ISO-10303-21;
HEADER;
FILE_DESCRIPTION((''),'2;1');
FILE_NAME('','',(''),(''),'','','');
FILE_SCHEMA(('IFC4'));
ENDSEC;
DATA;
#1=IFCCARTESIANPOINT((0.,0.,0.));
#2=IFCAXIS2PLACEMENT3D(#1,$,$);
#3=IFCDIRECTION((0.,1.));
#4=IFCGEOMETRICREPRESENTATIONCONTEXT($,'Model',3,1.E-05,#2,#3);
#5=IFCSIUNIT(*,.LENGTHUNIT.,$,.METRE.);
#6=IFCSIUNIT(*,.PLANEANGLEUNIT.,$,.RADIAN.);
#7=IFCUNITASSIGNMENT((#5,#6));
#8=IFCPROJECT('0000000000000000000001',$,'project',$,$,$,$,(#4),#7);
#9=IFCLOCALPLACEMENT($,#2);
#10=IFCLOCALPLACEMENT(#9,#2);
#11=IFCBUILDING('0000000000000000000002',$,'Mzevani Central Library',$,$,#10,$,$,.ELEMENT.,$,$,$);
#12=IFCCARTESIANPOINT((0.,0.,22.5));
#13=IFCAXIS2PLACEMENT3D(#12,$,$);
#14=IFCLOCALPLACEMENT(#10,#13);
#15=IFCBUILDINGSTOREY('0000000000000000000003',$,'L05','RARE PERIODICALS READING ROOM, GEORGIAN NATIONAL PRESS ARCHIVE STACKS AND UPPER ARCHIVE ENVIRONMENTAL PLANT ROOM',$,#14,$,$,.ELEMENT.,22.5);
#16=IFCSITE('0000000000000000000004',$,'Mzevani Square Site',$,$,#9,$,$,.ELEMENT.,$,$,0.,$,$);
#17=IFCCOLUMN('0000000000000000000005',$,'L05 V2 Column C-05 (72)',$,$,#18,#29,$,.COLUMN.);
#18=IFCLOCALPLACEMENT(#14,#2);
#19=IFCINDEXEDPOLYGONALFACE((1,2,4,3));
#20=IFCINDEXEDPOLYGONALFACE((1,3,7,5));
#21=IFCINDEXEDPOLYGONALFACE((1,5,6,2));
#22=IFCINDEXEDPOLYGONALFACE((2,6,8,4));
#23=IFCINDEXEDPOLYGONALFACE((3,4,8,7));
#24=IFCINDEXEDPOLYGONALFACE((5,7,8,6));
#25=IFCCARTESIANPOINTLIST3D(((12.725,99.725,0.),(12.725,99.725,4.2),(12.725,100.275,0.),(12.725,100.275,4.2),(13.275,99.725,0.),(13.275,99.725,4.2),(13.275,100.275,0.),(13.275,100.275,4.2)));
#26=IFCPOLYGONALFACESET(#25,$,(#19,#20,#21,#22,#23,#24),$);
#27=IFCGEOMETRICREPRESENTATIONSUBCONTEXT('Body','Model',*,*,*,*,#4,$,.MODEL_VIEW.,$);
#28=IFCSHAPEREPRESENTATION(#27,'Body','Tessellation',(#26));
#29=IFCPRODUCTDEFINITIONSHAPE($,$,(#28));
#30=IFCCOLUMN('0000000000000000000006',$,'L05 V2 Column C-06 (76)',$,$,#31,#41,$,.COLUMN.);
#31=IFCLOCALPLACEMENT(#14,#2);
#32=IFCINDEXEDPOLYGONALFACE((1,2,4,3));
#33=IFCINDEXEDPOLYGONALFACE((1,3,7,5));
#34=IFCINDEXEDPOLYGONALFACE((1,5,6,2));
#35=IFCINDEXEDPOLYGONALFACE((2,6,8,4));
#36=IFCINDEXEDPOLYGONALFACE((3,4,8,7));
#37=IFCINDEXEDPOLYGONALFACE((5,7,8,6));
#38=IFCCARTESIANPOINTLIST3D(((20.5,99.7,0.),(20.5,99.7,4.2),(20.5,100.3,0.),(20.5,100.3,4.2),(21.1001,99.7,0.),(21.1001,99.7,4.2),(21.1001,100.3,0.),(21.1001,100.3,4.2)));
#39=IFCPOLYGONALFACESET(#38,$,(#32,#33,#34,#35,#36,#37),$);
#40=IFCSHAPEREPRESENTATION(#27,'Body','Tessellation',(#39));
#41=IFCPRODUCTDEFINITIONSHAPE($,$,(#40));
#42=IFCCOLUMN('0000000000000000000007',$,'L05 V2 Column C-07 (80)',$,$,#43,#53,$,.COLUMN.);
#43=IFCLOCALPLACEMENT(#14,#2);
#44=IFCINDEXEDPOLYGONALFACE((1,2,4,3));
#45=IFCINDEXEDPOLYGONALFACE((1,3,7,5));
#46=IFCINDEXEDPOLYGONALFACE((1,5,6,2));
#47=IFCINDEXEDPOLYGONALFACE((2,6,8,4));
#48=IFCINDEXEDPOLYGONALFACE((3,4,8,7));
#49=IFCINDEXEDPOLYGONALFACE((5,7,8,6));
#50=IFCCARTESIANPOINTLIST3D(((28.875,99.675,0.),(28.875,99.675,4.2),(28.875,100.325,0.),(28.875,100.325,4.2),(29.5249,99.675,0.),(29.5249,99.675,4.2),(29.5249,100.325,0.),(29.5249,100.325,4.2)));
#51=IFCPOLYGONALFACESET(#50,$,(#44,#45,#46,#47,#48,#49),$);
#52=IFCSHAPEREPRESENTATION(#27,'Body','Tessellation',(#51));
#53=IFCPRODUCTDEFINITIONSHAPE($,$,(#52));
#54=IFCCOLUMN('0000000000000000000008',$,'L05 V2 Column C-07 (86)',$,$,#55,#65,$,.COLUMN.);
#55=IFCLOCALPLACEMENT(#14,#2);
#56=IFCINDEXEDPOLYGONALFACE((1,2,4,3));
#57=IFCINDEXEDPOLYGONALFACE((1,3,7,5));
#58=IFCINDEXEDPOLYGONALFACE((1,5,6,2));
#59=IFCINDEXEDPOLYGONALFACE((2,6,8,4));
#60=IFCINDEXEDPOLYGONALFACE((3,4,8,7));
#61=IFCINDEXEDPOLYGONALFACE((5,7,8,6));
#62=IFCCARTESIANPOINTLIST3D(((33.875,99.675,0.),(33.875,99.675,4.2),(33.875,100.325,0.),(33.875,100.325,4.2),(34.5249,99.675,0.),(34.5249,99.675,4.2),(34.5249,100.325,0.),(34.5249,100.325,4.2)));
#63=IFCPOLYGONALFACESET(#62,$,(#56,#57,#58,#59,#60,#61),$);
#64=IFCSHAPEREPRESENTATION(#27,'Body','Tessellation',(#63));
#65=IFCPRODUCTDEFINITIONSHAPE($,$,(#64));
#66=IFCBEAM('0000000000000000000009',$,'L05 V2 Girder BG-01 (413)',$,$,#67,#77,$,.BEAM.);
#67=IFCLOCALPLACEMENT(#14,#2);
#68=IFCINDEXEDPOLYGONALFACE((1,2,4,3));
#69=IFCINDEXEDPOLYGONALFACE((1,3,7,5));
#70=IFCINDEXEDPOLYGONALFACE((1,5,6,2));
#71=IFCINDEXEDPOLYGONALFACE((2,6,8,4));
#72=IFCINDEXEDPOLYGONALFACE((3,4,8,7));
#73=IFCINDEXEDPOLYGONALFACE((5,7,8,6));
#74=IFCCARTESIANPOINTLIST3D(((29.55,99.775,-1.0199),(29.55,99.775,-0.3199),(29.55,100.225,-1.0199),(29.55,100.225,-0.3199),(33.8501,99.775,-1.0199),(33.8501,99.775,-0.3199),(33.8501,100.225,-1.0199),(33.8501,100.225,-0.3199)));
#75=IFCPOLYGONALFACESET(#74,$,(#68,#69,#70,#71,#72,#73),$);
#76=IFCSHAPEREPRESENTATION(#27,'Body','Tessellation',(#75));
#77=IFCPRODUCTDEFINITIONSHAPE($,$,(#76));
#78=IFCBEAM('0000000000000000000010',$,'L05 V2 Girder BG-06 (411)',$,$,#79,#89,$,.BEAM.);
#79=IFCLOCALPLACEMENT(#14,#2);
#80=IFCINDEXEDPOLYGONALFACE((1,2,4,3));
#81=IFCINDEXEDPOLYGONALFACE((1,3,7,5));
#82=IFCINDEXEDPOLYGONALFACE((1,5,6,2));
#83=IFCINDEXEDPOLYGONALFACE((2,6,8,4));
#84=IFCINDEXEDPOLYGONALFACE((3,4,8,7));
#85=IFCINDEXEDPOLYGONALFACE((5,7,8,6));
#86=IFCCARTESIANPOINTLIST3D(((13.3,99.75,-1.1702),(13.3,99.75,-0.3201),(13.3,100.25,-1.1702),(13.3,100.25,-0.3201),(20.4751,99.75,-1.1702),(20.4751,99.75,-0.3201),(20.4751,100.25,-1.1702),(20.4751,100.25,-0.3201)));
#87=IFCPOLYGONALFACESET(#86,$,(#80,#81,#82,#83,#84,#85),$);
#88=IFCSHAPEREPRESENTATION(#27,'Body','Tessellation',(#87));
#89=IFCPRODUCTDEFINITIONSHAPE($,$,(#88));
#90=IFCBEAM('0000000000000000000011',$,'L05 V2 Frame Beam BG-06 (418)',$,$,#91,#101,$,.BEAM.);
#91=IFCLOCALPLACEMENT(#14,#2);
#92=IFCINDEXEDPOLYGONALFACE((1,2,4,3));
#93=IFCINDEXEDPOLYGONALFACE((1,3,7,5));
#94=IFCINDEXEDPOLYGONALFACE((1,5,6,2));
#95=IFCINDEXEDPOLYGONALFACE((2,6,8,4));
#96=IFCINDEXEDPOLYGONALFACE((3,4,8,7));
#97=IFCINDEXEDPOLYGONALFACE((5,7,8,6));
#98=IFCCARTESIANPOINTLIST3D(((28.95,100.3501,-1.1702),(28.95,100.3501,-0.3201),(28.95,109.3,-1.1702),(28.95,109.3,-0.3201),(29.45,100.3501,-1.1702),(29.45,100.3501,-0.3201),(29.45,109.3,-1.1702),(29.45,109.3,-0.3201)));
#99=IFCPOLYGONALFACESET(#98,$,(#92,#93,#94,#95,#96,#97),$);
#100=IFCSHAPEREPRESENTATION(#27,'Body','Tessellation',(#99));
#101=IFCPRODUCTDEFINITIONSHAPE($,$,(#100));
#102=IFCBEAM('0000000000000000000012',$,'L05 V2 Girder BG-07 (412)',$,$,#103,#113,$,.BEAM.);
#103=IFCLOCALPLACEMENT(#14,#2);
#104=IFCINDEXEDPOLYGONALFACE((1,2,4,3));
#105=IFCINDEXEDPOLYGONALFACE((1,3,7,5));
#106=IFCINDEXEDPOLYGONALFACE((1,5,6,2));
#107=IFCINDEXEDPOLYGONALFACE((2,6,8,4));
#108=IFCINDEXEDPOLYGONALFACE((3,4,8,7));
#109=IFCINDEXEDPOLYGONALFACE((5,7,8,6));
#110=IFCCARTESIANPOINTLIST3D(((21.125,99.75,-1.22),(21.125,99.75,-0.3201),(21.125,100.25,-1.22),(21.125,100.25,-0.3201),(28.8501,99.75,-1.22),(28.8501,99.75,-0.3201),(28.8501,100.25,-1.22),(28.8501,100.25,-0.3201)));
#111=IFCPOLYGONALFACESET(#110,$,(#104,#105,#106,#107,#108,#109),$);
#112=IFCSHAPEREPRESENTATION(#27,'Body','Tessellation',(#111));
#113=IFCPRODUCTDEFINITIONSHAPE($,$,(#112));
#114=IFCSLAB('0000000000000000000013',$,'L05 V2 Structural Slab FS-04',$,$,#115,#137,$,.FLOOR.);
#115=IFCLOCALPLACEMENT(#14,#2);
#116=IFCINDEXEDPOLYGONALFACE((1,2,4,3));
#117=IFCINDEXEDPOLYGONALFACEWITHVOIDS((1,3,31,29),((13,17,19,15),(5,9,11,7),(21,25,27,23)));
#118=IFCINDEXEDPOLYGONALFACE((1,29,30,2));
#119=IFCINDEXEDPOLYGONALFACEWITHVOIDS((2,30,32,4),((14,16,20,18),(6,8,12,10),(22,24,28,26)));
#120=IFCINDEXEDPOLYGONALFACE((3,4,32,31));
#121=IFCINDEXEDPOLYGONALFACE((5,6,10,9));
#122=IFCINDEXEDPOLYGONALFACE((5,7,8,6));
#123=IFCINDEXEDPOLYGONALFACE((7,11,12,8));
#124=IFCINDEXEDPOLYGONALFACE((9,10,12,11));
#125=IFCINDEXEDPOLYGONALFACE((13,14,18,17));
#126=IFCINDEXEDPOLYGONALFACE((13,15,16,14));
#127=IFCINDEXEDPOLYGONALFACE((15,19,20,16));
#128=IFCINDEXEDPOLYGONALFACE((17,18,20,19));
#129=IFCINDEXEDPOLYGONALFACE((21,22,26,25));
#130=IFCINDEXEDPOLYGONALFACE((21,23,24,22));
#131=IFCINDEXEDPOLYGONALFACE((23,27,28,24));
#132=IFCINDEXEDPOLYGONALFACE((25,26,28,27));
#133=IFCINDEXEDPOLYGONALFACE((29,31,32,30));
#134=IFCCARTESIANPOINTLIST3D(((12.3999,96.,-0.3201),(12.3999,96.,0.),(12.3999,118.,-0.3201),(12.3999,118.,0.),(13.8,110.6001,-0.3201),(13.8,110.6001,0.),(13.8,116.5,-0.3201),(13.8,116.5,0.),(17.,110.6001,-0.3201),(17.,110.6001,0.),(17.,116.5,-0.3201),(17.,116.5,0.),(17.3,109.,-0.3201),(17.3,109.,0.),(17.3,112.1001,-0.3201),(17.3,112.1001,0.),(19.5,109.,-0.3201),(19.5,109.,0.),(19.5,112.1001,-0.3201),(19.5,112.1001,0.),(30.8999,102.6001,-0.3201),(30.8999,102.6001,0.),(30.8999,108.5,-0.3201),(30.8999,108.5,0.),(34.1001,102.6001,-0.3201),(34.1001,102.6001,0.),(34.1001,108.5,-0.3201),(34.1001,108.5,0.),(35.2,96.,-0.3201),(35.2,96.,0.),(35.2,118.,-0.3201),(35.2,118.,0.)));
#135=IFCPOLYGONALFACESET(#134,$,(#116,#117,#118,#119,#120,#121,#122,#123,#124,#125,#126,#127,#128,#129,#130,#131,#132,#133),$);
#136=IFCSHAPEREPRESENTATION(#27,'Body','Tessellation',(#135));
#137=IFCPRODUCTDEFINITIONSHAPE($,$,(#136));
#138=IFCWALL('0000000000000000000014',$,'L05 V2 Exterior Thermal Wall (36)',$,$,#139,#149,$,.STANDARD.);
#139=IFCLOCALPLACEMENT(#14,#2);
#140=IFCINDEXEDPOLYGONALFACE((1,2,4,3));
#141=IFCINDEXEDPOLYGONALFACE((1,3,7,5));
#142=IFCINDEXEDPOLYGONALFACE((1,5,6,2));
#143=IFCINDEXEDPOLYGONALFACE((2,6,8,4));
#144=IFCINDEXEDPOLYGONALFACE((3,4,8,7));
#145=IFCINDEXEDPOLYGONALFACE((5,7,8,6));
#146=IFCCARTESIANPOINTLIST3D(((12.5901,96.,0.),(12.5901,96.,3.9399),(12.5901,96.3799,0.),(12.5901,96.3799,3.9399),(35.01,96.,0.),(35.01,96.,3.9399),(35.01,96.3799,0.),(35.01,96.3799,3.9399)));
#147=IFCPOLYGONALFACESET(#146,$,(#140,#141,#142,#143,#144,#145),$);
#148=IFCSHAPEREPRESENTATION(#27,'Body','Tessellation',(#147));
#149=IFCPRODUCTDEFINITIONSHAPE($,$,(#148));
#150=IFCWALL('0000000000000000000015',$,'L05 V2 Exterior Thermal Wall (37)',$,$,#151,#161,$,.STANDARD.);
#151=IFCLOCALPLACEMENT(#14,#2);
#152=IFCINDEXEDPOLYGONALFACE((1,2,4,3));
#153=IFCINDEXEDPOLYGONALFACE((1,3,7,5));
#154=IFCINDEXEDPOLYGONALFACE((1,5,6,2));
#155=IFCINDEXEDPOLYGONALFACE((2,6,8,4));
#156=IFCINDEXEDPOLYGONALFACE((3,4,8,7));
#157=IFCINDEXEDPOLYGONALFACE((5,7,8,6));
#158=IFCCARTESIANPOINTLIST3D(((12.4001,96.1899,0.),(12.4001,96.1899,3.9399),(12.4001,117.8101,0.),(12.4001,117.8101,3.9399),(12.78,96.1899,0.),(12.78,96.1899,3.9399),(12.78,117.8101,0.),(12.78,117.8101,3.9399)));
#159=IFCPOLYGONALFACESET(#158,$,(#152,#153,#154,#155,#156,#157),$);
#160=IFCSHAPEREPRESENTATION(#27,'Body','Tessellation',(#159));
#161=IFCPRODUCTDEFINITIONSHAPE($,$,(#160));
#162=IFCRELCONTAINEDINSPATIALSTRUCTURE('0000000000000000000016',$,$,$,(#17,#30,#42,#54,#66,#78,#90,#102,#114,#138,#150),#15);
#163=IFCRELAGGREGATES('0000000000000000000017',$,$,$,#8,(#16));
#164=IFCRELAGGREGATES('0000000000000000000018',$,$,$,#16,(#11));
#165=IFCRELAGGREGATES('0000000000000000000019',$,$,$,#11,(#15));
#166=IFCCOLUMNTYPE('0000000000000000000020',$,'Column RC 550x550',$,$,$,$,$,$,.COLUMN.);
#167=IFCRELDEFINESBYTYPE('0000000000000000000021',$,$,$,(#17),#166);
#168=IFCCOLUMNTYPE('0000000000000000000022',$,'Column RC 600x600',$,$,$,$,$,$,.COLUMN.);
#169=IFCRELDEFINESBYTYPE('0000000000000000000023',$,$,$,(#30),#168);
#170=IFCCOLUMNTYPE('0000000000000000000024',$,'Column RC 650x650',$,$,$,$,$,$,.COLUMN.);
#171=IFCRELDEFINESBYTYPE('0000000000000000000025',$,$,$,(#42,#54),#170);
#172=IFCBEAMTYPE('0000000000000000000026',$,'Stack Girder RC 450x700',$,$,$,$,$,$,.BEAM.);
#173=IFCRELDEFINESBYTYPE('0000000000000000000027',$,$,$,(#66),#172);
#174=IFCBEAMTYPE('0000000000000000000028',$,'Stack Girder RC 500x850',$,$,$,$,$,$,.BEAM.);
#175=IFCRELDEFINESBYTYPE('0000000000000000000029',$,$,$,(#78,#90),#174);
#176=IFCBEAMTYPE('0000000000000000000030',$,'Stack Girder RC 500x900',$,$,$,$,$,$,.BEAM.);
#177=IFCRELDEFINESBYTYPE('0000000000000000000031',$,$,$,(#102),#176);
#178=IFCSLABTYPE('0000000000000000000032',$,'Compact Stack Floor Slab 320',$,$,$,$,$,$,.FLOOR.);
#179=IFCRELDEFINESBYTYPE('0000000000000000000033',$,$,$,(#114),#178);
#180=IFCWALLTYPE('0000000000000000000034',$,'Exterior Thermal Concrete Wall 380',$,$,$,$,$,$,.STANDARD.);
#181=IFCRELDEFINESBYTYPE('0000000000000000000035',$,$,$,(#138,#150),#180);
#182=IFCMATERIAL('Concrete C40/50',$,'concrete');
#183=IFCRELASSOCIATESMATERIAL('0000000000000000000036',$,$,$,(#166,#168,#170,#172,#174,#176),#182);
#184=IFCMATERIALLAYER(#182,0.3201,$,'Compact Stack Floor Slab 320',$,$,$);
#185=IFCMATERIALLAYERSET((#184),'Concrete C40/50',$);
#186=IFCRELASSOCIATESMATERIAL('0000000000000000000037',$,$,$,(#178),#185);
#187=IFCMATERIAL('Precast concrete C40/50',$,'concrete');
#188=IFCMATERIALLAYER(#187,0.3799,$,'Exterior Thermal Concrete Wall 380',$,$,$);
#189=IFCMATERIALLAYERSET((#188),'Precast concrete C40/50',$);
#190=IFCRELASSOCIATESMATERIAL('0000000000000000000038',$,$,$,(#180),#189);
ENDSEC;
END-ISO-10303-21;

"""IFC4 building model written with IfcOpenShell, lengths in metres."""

from ifc_helpers import new_model, si_unit, direction, frame, frame_2d, origin, origin_2d, place, context, subcontext, project, spatial, polyline, rectangle, outline, extrude, material, layer, layer_set, material_profile, profile_set, type_object, element, save


model = new_model("IFC4")

# Units and contexts
model_context = context("Model", 3, precision=1e-05, world=origin(), true_north=direction((0.0, 1.0)))
body_context = subcontext(model_context, "Body", "Model", "MODEL_VIEW")
ifc_project = project(units=[si_unit("LENGTHUNIT", "METRE"), si_unit("PLANEANGLEUNIT", "RADIAN")], contexts=[model_context])

# Site, building, storey
site_placement = place(None, origin())
site = spatial("IfcSite", under=ifc_project, at=site_placement, Name="Mzevani Square Site", CompositionType="ELEMENT", RefElevation=0.0)
building_placement = place(site_placement, origin())
building = spatial("IfcBuilding", under=site, at=building_placement, Name="Mzevani Central Library", CompositionType="ELEMENT")
storey_placement = place(building_placement, frame((0.0, 0.0, 22.5)))
storey = spatial("IfcBuildingStorey", under=building, at=storey_placement, Name="L05", Description="RARE PERIODICALS READING ROOM, GEORGIAN NATIONAL PRESS ARCHIVE STACKS AND UPPER ARCHIVE ENVIRONMENTAL PLANT ROOM", CompositionType="ELEMENT", Elevation=22.5)

# Columns
ifc_material_1 = material(Name="Concrete C40/50", Category="concrete")
ifc_material_profile_1 = material_profile(ifc_material_1, rectangle(XDim=0.55, YDim=0.55, at=origin_2d()), Name="RC 550x550")
ifc_profile_set_1 = profile_set([ifc_material_profile_1], Name="Concrete C40/50")
column_type_1 = type_object("IfcColumnType", Name="Column RC 550x550", PredefinedType="COLUMN", material=ifc_profile_set_1)
column_1_placement = place(storey_placement, frame((13.0, 100.0, 0.0), z_axis=(0.0, 0.0, 1.0), x_axis=(1.0, 0.0, 0.0)))
element("IfcColumn", 1, at=column_1_placement, inside=storey, type_object=column_type_1, Name="L05 V2 Column C-05 (72)", PredefinedType="COLUMN", context=body_context, shape_type="SweptSolid", body=[
    extrude(rectangle(XDim=0.55, YDim=0.55, at=origin_2d()), origin(), (0.0, 0.0, 1.0), 4.2),
])
ifc_material_profile_2 = material_profile(ifc_material_1, rectangle(XDim=0.6001, YDim=0.6001, at=origin_2d()), Name="RC 600x600")
ifc_profile_set_2 = profile_set([ifc_material_profile_2], Name="Concrete C40/50")
column_type_2 = type_object("IfcColumnType", Name="Column RC 600x600", PredefinedType="COLUMN", material=ifc_profile_set_2)
column_2_placement = place(storey_placement, frame((20.8, 100.0, 0.0), z_axis=(0.0, 0.0, 1.0), x_axis=(1.0, 0.0, 0.0)))
element("IfcColumn", 2, at=column_2_placement, inside=storey, type_object=column_type_2, Name="L05 V2 Column C-06 (76)", PredefinedType="COLUMN", context=body_context, shape_type="SweptSolid", body=[
    extrude(rectangle(XDim=0.6001, YDim=0.6001, at=origin_2d()), origin(), (0.0, 0.0, 1.0), 4.2),
])
ifc_material_profile_3 = material_profile(ifc_material_1, rectangle(XDim=0.6499, YDim=0.6499, at=origin_2d()), Name="RC 650x650")
ifc_profile_set_3 = profile_set([ifc_material_profile_3], Name="Concrete C40/50")
column_type_3 = type_object("IfcColumnType", Name="Column RC 650x650", PredefinedType="COLUMN", material=ifc_profile_set_3)
for number, where, z_axis, x_axis, name in (
    (3, (29.2, 100.0, 0.0), (0.0, 0.0, 1.0), (1.0, 0.0, 0.0), "L05 V2 Column C-07 (80)"),
    (4, (34.2, 100.0, 0.0), (0.0, 0.0, 1.0), (1.0, 0.0, 0.0), "L05 V2 Column C-07 (86)"),
):
    element("IfcColumn", number, at=place(storey_placement, frame(where, z_axis=z_axis, x_axis=x_axis)), inside=storey, type_object=column_type_3, Name=name, PredefinedType="COLUMN", context=body_context, shape_type="SweptSolid", body=[
        extrude(rectangle(XDim=0.6499, YDim=0.6499, at=origin_2d()), origin(), (0.0, 0.0, 1.0), 4.2),
    ])

# Beams
ifc_material_profile_4 = material_profile(ifc_material_1, rectangle(XDim=0.45, YDim=0.7, at=origin_2d()), Name="RC B450x700")
ifc_profile_set_4 = profile_set([ifc_material_profile_4], Name="Concrete C40/50")
beam_type_1 = type_object("IfcBeamType", Name="Stack Girder RC 450x700", PredefinedType="BEAM", material=ifc_profile_set_4)
beam_1_placement = place(storey_placement, frame((29.55, 100.0, -0.6699), z_axis=(1.0, 0.0, 0.0), x_axis=(0.0, 1.0, 0.0)))
element("IfcBeam", 5, at=beam_1_placement, inside=storey, type_object=beam_type_1, Name="L05 V2 Girder BG-01 (413)", PredefinedType="BEAM", context=body_context, shape_type="SweptSolid", body=[
    extrude(rectangle(XDim=0.45, YDim=0.7, at=origin_2d()), origin(), (0.0, 0.0, 1.0), 4.3),
])
ifc_material_profile_5 = material_profile(ifc_material_1, rectangle(XDim=0.5, YDim=0.8501, at=origin_2d()), Name="RC B500x850")
ifc_profile_set_5 = profile_set([ifc_material_profile_5], Name="Concrete C40/50")
beam_type_2 = type_object("IfcBeamType", Name="Stack Girder RC 500x850", PredefinedType="BEAM", material=ifc_profile_set_5)
beam_2_placement = place(storey_placement, frame((13.3, 100.0, -0.7451), z_axis=(1.0, 0.0, 0.0), x_axis=(0.0, 1.0, 0.0)))
element("IfcBeam", 6, at=beam_2_placement, inside=storey, type_object=beam_type_2, Name="L05 V2 Girder BG-06 (411)", PredefinedType="BEAM", context=body_context, shape_type="SweptSolid", body=[
    extrude(rectangle(XDim=0.5, YDim=0.8501, at=origin_2d()), origin(), (0.0, 0.0, 1.0), 7.175),
])
beam_3_placement = place(storey_placement, frame((29.2, 100.3501, -0.7451), z_axis=(0.0, 1.0, 0.0), x_axis=(-1.0, 0.0, 0.0)))
element("IfcBeam", 7, at=beam_3_placement, inside=storey, type_object=beam_type_2, Name="L05 V2 Frame Beam BG-06 (418)", PredefinedType="BEAM", context=body_context, shape_type="SweptSolid", body=[
    extrude(rectangle(XDim=0.5, YDim=0.8501, at=origin_2d()), origin(), (0.0, 0.0, 1.0), 8.95),
])
ifc_material_profile_6 = material_profile(ifc_material_1, rectangle(XDim=0.5, YDim=0.8999, at=origin_2d()), Name="RC B500x900")
ifc_profile_set_6 = profile_set([ifc_material_profile_6], Name="Concrete C40/50")
beam_type_3 = type_object("IfcBeamType", Name="Stack Girder RC 500x900", PredefinedType="BEAM", material=ifc_profile_set_6)
beam_4_placement = place(storey_placement, frame((21.125, 100.0, -0.77), z_axis=(1.0, 0.0, 0.0), x_axis=(0.0, 1.0, 0.0)))
element("IfcBeam", 8, at=beam_4_placement, inside=storey, type_object=beam_type_3, Name="L05 V2 Girder BG-07 (412)", PredefinedType="BEAM", context=body_context, shape_type="SweptSolid", body=[
    extrude(rectangle(XDim=0.5, YDim=0.8999, at=origin_2d()), origin(), (0.0, 0.0, 1.0), 7.7251),
])

# Slab
ifc_layer_1 = layer(ifc_material_1, 0.3201, Name="Compact Stack Floor Slab 320")
ifc_layer_set_1 = layer_set([ifc_layer_1], Name="Concrete C40/50")
slab_type = type_object("IfcSlabType", Name="Compact Stack Floor Slab 320", PredefinedType="FLOOR", material=ifc_layer_set_1)
slab_placement = place(storey_placement, frame((0.0, 0.0, -0.3201)))
element("IfcSlab", 9, at=slab_placement, inside=storey, type_object=slab_type, Name="L05 V2 Structural Slab FS-04", PredefinedType="FLOOR", context=body_context, shape_type="SweptSolid", body=[
    extrude(outline(polyline([(35.2, 96.0), (12.3999, 96.0), (12.3999, 118.0), (35.2, 118.0), (35.2, 96.0)]), holes=[polyline([(17.0, 110.6001), (17.0, 116.5), (13.8, 116.5), (13.8, 110.6001), (17.0, 110.6001)]), polyline([(17.3, 109.0), (19.5, 109.0), (19.5, 112.1001), (17.3, 112.1001), (17.3, 109.0)]), polyline([(30.8999, 108.5), (30.8999, 102.6001), (34.1001, 102.6001), (34.1001, 108.5), (30.8999, 108.5)])]), origin(), (0.0, 0.0, 1.0), 0.3201),
])

# Walls
ifc_material_2 = material(Name="Precast concrete C40/50", Category="concrete")
ifc_layer_2 = layer(ifc_material_2, 0.3799, Name="Exterior Thermal Concrete Wall 380")
ifc_layer_set_2 = layer_set([ifc_layer_2], Name="Precast concrete C40/50")
wall_type_1 = type_object("IfcWallType", Name="Exterior Thermal Concrete Wall 380", PredefinedType="STANDARD", material=ifc_layer_set_2)
wall_1_placement = place(storey_placement, frame((35.01, 96.1899, 0.0), z_axis=(0.0, 0.0, 1.0), x_axis=(-1.0, 0.0, 0.0)))
element("IfcWall", 10, at=wall_1_placement, inside=storey, type_object=wall_type_1, Name="L05 V2 Exterior Thermal Wall (36)", PredefinedType="STANDARD", context=body_context, shape_type="SweptSolid", body=[
    extrude(rectangle(XDim=22.4199, YDim=0.3799, at=frame_2d((11.21, 0.0))), origin(), (0.0, 0.0, 1.0), 3.9399),
])
wall_2_placement = place(storey_placement, frame((12.5901, 96.1899, 0.0), z_axis=(0.0, 0.0, 1.0), x_axis=(0.0, 1.0, 0.0)))
element("IfcWall", 11, at=wall_2_placement, inside=storey, type_object=wall_type_1, Name="L05 V2 Exterior Thermal Wall (37)", PredefinedType="STANDARD", context=body_context, shape_type="SweptSolid", body=[
    extrude(rectangle(XDim=21.6201, YDim=0.3799, at=frame_2d((10.8101, 0.0))), origin(), (0.0, 0.0, 1.0), 3.9399),
])

save(model, "model.ifc")
